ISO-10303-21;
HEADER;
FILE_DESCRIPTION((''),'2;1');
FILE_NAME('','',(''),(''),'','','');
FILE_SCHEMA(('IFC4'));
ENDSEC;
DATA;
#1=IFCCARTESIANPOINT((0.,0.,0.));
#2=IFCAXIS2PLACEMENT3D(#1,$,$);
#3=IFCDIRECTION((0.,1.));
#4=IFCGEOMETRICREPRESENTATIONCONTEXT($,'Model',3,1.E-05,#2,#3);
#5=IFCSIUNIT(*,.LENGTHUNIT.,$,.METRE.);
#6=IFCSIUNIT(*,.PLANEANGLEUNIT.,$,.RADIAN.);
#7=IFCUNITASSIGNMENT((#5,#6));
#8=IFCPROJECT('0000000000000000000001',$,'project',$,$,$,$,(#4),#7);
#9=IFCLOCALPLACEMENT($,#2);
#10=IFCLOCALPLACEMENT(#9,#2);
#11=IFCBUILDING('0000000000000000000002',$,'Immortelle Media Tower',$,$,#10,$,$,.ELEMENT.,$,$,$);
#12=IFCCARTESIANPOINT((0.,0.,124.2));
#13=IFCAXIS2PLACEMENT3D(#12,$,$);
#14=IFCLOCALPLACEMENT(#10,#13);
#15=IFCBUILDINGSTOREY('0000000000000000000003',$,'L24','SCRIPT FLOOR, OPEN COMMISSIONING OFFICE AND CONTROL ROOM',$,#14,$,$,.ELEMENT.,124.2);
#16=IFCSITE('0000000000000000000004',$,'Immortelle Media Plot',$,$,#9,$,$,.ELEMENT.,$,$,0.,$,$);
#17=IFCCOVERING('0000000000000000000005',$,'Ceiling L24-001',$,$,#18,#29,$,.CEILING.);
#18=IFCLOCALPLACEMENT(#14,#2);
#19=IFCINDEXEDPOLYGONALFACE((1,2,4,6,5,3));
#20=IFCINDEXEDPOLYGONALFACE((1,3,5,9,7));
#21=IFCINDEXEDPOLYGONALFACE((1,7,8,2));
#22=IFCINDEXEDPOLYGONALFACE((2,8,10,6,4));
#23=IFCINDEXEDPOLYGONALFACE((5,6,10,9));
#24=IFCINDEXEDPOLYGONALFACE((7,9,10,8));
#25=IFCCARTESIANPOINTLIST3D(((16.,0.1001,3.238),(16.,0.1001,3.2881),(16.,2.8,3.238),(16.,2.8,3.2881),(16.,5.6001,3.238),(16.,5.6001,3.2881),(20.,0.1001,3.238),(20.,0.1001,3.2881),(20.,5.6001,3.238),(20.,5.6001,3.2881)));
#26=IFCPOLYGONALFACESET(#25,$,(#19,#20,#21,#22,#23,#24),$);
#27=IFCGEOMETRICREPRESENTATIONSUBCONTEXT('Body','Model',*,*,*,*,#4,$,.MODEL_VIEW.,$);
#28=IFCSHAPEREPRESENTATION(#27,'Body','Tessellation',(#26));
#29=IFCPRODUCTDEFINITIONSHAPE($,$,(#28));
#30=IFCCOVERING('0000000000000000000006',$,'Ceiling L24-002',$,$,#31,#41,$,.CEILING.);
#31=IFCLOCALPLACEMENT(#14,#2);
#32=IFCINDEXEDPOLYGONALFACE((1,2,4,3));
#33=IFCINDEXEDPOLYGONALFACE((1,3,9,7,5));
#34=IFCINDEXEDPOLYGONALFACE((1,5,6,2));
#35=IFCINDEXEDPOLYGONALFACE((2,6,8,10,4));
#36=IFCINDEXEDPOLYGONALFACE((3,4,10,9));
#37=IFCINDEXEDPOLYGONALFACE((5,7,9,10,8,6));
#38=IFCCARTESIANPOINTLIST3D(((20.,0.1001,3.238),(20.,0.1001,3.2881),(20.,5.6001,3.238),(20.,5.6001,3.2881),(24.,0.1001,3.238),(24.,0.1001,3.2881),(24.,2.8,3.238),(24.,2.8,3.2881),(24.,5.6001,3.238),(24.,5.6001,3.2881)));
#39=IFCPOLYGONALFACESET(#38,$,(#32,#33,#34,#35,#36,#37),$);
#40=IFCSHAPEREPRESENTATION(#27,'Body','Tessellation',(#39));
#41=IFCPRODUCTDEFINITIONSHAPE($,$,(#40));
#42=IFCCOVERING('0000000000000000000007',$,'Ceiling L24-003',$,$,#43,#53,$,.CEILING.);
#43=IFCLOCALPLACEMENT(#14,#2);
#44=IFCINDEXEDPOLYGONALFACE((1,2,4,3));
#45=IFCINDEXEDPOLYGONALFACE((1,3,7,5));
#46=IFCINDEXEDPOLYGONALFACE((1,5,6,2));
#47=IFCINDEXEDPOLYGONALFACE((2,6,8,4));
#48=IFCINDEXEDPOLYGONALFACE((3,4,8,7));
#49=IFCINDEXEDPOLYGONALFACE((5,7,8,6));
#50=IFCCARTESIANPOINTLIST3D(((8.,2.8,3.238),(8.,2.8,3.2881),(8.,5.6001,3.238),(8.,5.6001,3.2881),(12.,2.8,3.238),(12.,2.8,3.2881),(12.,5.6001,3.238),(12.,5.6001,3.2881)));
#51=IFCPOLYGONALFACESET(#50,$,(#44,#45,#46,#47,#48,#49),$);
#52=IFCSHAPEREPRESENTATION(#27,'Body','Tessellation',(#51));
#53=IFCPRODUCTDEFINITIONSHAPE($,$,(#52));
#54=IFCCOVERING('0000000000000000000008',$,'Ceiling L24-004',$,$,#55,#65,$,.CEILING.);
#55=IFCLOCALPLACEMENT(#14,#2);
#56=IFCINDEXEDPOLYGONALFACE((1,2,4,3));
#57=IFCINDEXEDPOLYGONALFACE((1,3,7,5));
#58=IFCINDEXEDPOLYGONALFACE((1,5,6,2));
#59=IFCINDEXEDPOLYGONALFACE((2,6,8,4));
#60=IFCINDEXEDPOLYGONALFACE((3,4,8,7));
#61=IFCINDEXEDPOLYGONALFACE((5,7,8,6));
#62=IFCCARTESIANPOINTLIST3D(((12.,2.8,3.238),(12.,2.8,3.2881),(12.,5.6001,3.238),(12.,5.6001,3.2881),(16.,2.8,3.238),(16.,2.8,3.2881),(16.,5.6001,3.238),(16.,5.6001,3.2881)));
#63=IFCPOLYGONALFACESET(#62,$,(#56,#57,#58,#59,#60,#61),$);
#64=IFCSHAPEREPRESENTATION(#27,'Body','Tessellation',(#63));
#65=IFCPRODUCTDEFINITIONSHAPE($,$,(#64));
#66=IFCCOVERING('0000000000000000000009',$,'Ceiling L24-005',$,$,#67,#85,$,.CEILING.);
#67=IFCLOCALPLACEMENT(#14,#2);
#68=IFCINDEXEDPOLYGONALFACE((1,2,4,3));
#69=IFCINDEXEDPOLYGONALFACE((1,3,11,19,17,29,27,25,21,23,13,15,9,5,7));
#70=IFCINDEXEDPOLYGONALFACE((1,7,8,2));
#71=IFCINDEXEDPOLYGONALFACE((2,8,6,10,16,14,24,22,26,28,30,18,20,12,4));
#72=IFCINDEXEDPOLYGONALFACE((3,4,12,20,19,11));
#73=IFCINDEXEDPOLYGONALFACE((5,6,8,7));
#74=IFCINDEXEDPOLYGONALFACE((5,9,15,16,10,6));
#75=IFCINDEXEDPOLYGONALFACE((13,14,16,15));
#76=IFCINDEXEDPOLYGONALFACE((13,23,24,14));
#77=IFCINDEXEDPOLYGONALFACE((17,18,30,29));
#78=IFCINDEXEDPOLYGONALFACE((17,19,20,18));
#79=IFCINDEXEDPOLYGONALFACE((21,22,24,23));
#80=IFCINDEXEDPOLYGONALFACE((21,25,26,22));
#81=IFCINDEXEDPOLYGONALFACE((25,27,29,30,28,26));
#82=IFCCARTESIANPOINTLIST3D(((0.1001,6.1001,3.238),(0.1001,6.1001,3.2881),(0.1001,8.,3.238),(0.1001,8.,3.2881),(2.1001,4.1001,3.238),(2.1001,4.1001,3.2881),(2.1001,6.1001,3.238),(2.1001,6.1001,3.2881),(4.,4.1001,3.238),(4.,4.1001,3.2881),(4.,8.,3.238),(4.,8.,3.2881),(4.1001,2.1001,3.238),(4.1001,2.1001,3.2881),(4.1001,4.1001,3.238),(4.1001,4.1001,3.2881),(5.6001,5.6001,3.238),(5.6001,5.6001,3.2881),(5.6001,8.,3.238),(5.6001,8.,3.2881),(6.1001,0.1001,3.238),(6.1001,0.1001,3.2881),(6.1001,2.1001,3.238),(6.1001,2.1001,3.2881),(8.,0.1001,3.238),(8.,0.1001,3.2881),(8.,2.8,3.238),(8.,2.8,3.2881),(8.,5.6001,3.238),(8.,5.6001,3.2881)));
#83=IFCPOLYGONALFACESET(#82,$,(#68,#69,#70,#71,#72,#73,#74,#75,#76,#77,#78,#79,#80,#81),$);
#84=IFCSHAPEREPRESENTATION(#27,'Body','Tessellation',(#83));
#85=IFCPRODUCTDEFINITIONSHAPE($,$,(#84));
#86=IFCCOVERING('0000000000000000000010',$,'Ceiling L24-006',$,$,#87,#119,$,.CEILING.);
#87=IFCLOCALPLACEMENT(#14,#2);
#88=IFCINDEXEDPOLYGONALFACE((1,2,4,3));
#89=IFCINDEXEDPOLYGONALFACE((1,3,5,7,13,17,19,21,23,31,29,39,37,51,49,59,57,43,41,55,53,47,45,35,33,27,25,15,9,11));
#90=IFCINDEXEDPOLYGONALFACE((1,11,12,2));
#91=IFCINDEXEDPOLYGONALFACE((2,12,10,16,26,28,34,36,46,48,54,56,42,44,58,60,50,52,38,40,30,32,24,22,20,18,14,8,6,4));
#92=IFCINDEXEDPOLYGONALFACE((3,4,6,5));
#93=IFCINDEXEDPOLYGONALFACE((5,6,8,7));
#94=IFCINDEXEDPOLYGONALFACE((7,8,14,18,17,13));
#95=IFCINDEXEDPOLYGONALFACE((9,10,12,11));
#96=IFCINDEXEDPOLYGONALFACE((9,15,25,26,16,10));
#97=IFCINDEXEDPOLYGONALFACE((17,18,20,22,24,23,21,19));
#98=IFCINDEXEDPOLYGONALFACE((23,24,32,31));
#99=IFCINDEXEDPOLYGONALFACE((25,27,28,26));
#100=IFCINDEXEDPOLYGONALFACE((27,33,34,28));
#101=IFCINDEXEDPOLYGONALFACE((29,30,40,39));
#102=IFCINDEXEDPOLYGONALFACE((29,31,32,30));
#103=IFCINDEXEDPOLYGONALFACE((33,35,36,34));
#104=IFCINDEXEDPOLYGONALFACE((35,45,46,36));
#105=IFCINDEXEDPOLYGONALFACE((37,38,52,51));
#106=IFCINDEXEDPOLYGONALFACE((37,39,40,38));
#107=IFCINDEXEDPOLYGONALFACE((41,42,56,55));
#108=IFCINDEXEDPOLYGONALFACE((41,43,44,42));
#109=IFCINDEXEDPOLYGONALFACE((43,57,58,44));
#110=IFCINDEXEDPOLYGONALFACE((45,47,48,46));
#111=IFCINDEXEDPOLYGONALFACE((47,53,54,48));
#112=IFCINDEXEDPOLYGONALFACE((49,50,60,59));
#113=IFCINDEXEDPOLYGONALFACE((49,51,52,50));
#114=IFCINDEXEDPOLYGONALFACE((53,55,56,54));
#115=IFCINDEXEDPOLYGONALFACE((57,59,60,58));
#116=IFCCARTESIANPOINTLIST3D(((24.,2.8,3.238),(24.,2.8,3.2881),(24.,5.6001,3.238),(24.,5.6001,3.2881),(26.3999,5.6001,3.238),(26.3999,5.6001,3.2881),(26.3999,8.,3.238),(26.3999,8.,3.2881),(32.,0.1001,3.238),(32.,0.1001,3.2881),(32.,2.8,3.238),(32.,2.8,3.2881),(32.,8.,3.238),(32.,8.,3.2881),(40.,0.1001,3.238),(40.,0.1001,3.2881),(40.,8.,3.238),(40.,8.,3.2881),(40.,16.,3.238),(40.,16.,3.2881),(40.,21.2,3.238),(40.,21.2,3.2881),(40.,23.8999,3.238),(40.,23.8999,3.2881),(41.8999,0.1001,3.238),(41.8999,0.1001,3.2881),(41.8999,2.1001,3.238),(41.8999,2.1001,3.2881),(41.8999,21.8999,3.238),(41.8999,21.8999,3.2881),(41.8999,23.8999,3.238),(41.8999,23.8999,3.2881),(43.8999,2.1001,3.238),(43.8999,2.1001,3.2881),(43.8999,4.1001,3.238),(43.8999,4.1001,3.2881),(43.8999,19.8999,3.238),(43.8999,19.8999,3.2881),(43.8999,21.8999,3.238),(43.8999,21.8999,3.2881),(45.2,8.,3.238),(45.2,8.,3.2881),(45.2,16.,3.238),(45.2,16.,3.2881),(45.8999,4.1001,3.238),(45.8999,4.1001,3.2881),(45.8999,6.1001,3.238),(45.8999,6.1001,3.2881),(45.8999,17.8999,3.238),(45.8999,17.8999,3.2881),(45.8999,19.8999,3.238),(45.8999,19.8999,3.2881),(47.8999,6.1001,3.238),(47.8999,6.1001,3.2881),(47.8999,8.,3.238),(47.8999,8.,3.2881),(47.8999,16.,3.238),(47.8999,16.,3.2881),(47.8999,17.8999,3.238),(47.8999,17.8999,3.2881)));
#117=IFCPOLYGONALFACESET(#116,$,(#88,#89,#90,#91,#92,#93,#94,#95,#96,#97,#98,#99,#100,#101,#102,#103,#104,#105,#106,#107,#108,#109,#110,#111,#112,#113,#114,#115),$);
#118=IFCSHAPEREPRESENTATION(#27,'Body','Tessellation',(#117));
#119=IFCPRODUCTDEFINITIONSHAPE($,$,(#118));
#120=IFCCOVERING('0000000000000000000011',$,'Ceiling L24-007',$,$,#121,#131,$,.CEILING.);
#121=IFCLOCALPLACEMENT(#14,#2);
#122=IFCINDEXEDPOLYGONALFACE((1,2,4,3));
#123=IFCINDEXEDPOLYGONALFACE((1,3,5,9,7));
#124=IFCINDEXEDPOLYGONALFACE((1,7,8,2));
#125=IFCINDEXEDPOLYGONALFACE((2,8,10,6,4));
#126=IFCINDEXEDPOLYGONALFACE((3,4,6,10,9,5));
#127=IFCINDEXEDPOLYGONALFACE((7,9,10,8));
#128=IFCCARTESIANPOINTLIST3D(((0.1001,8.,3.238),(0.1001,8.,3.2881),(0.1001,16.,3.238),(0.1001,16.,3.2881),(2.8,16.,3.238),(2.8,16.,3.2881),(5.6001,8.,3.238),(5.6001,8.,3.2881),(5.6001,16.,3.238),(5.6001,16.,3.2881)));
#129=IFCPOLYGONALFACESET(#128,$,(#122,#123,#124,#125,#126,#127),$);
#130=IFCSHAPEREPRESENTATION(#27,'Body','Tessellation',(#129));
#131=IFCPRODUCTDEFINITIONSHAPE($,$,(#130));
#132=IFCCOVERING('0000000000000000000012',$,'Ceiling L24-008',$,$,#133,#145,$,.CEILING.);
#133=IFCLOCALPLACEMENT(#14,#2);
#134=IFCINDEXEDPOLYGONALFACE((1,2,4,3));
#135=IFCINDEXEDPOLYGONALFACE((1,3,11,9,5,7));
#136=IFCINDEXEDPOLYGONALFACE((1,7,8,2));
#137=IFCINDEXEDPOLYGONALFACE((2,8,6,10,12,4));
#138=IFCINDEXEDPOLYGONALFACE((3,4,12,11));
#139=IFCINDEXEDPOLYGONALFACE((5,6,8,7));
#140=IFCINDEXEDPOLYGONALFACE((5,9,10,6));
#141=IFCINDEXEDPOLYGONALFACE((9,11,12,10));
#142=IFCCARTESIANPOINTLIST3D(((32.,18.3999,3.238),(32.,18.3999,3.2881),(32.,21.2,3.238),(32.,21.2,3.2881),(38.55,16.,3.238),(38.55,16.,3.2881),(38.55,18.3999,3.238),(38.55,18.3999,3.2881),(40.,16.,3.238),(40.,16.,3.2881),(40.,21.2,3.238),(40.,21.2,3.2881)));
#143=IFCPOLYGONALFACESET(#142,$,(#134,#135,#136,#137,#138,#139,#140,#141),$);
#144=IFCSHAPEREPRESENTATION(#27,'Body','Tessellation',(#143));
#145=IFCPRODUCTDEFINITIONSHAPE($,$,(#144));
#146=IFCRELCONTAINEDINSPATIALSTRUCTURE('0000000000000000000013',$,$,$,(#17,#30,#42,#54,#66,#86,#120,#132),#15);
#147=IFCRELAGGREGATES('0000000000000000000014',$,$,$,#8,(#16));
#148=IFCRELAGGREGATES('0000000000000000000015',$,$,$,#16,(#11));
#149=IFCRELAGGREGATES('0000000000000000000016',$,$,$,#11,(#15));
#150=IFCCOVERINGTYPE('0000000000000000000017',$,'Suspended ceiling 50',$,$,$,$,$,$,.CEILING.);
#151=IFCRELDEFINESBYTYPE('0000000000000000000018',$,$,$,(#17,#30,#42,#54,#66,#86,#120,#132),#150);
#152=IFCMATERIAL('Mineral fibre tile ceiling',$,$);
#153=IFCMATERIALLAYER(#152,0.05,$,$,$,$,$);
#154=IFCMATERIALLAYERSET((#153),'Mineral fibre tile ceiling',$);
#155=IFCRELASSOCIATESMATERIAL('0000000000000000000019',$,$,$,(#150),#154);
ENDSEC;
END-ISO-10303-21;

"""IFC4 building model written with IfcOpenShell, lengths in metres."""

from ifc_helpers import new_model, si_unit, direction, frame, origin, place, context, subcontext, project, spatial, polyline, outline, extrude, material, layer, layer_set, type_object, element, save


model = new_model("IFC4")

# Units and contexts
model_context = context("Model", 3, precision=1e-05, world=origin(), true_north=direction((0.0, 1.0)))
body_context = subcontext(model_context, "Body", "Model", "MODEL_VIEW")
ifc_project = project(units=[si_unit("LENGTHUNIT", "METRE"), si_unit("PLANEANGLEUNIT", "RADIAN")], contexts=[model_context])

# Site, building, storey
site_placement = place(None, origin())
site = spatial("IfcSite", under=ifc_project, at=site_placement, Name="Immortelle Media Plot", CompositionType="ELEMENT", RefElevation=0.0)
building_placement = place(site_placement, origin())
building = spatial("IfcBuilding", under=site, at=building_placement, Name="Immortelle Media Tower", CompositionType="ELEMENT")
storey_placement = place(building_placement, frame((0.0, 0.0, 124.2)))
storey = spatial("IfcBuildingStorey", under=building, at=storey_placement, Name="L24", Description="SCRIPT FLOOR, OPEN COMMISSIONING OFFICE AND CONTROL ROOM", CompositionType="ELEMENT", Elevation=124.2)

# Coverings
ifc_material_1 = material(Name="Mineral fibre tile ceiling")
ifc_layer_1 = layer(ifc_material_1, 0.05)
ifc_layer_set_1 = layer_set([ifc_layer_1], Name="Mineral fibre tile ceiling")
covering_type = type_object("IfcCoveringType", Name="Suspended ceiling 50", PredefinedType="CEILING", material=ifc_layer_set_1)
covering_1_placement = place(storey_placement, frame((0.0, 0.0, 3.238)))
element("IfcCovering", 1, at=covering_1_placement, inside=storey, type_object=covering_type, Name="Ceiling L24-001", PredefinedType="CEILING", context=body_context, shape_type="SweptSolid", body=[
    extrude(outline(polyline([(16.0, 2.8), (16.0, 5.6001), (20.0, 5.6001), (20.0, 0.1001), (16.0, 0.1001), (16.0, 2.8)])), origin(), (0.0, 0.0, 1.0), 0.05),
])
covering_2_placement = place(storey_placement, frame((0.0, 0.0, 3.238)))
element("IfcCovering", 2, at=covering_2_placement, inside=storey, type_object=covering_type, Name="Ceiling L24-002", PredefinedType="CEILING", context=body_context, shape_type="SweptSolid", body=[
    extrude(outline(polyline([(24.0, 5.6001), (24.0, 2.8), (24.0, 0.1001), (20.0, 0.1001), (20.0, 5.6001), (24.0, 5.6001)])), origin(), (0.0, 0.0, 1.0), 0.05),
])
covering_3_placement = place(storey_placement, frame((0.0, 0.0, 3.238)))
element("IfcCovering", 3, at=covering_3_placement, inside=storey, type_object=covering_type, Name="Ceiling L24-003", PredefinedType="CEILING", context=body_context, shape_type="SweptSolid", body=[
    extrude(outline(polyline([(8.0, 5.6001), (12.0, 5.6001), (12.0, 2.8), (8.0, 2.8), (8.0, 5.6001)])), origin(), (0.0, 0.0, 1.0), 0.05),
])
covering_4_placement = place(storey_placement, frame((0.0, 0.0, 3.238)))
element("IfcCovering", 4, at=covering_4_placement, inside=storey, type_object=covering_type, Name="Ceiling L24-004", PredefinedType="CEILING", context=body_context, shape_type="SweptSolid", body=[
    extrude(outline(polyline([(16.0, 5.6001), (16.0, 2.8), (12.0, 2.8), (12.0, 5.6001), (16.0, 5.6001)])), origin(), (0.0, 0.0, 1.0), 0.05),
])
covering_5_placement = place(storey_placement, frame((0.0, 0.0, 3.238)))
element("IfcCovering", 5, at=covering_5_placement, inside=storey, type_object=covering_type, Name="Ceiling L24-005", PredefinedType="CEILING", context=body_context, shape_type="SweptSolid", body=[
    extrude(outline(polyline([(4.1001, 2.1001), (4.1001, 4.1001), (4.0, 4.1001), (2.1001, 4.1001), (2.1001, 6.1001), (0.1001, 6.1001), (0.1001, 8.0), (4.0, 8.0), (5.6001, 8.0), (5.6001, 5.6001), (8.0, 5.6001), (8.0, 2.8), (8.0, 0.1001), (6.1001, 0.1001), (6.1001, 2.1001), (4.1001, 2.1001)])), origin(), (0.0, 0.0, 1.0), 0.05),
])
covering_6_placement = place(storey_placement, frame((0.0, 0.0, 3.238)))
element("IfcCovering", 6, at=covering_6_placement, inside=storey, type_object=covering_type, Name="Ceiling L24-006", PredefinedType="CEILING", context=body_context, shape_type="SweptSolid", body=[
    extrude(outline(polyline([(26.3999, 5.6001), (26.3999, 8.0), (32.0, 8.0), (40.0, 8.0), (40.0, 16.0), (40.0, 21.2), (40.0, 23.8999), (41.8999, 23.8999), (41.8999, 21.8999), (43.8999, 21.8999), (43.8999, 19.8999), (45.8999, 19.8999), (45.8999, 17.8999), (47.8999, 17.8999), (47.8999, 16.0), (45.2, 16.0), (45.2, 8.0), (47.8999, 8.0), (47.8999, 6.1001), (45.8999, 6.1001), (45.8999, 4.1001), (43.8999, 4.1001), (43.8999, 2.1001), (41.8999, 2.1001), (41.8999, 0.1001), (40.0, 0.1001), (32.0, 0.1001), (32.0, 2.8), (24.0, 2.8), (24.0, 5.6001), (26.3999, 5.6001)])), origin(), (0.0, 0.0, 1.0), 0.05),
])
covering_7_placement = place(storey_placement, frame((0.0, 0.0, 3.238)))
element("IfcCovering", 7, at=covering_7_placement, inside=storey, type_object=covering_type, Name="Ceiling L24-007", PredefinedType="CEILING", context=body_context, shape_type="SweptSolid", body=[
    extrude(outline(polyline([(5.6001, 8.0), (0.1001, 8.0), (0.1001, 16.0), (2.8, 16.0), (5.6001, 16.0), (5.6001, 8.0)])), origin(), (0.0, 0.0, 1.0), 0.05),
])
covering_8_placement = place(storey_placement, frame((0.0, 0.0, 3.238)))
element("IfcCovering", 8, at=covering_8_placement, inside=storey, type_object=covering_type, Name="Ceiling L24-008", PredefinedType="CEILING", context=body_context, shape_type="SweptSolid", body=[
    extrude(outline(polyline([(38.55, 16.0), (38.55, 18.3999), (32.0, 18.3999), (32.0, 21.2), (40.0, 21.2), (40.0, 16.0), (38.55, 16.0)])), origin(), (0.0, 0.0, 1.0), 0.05),
])

save(model, "model.ifc")
